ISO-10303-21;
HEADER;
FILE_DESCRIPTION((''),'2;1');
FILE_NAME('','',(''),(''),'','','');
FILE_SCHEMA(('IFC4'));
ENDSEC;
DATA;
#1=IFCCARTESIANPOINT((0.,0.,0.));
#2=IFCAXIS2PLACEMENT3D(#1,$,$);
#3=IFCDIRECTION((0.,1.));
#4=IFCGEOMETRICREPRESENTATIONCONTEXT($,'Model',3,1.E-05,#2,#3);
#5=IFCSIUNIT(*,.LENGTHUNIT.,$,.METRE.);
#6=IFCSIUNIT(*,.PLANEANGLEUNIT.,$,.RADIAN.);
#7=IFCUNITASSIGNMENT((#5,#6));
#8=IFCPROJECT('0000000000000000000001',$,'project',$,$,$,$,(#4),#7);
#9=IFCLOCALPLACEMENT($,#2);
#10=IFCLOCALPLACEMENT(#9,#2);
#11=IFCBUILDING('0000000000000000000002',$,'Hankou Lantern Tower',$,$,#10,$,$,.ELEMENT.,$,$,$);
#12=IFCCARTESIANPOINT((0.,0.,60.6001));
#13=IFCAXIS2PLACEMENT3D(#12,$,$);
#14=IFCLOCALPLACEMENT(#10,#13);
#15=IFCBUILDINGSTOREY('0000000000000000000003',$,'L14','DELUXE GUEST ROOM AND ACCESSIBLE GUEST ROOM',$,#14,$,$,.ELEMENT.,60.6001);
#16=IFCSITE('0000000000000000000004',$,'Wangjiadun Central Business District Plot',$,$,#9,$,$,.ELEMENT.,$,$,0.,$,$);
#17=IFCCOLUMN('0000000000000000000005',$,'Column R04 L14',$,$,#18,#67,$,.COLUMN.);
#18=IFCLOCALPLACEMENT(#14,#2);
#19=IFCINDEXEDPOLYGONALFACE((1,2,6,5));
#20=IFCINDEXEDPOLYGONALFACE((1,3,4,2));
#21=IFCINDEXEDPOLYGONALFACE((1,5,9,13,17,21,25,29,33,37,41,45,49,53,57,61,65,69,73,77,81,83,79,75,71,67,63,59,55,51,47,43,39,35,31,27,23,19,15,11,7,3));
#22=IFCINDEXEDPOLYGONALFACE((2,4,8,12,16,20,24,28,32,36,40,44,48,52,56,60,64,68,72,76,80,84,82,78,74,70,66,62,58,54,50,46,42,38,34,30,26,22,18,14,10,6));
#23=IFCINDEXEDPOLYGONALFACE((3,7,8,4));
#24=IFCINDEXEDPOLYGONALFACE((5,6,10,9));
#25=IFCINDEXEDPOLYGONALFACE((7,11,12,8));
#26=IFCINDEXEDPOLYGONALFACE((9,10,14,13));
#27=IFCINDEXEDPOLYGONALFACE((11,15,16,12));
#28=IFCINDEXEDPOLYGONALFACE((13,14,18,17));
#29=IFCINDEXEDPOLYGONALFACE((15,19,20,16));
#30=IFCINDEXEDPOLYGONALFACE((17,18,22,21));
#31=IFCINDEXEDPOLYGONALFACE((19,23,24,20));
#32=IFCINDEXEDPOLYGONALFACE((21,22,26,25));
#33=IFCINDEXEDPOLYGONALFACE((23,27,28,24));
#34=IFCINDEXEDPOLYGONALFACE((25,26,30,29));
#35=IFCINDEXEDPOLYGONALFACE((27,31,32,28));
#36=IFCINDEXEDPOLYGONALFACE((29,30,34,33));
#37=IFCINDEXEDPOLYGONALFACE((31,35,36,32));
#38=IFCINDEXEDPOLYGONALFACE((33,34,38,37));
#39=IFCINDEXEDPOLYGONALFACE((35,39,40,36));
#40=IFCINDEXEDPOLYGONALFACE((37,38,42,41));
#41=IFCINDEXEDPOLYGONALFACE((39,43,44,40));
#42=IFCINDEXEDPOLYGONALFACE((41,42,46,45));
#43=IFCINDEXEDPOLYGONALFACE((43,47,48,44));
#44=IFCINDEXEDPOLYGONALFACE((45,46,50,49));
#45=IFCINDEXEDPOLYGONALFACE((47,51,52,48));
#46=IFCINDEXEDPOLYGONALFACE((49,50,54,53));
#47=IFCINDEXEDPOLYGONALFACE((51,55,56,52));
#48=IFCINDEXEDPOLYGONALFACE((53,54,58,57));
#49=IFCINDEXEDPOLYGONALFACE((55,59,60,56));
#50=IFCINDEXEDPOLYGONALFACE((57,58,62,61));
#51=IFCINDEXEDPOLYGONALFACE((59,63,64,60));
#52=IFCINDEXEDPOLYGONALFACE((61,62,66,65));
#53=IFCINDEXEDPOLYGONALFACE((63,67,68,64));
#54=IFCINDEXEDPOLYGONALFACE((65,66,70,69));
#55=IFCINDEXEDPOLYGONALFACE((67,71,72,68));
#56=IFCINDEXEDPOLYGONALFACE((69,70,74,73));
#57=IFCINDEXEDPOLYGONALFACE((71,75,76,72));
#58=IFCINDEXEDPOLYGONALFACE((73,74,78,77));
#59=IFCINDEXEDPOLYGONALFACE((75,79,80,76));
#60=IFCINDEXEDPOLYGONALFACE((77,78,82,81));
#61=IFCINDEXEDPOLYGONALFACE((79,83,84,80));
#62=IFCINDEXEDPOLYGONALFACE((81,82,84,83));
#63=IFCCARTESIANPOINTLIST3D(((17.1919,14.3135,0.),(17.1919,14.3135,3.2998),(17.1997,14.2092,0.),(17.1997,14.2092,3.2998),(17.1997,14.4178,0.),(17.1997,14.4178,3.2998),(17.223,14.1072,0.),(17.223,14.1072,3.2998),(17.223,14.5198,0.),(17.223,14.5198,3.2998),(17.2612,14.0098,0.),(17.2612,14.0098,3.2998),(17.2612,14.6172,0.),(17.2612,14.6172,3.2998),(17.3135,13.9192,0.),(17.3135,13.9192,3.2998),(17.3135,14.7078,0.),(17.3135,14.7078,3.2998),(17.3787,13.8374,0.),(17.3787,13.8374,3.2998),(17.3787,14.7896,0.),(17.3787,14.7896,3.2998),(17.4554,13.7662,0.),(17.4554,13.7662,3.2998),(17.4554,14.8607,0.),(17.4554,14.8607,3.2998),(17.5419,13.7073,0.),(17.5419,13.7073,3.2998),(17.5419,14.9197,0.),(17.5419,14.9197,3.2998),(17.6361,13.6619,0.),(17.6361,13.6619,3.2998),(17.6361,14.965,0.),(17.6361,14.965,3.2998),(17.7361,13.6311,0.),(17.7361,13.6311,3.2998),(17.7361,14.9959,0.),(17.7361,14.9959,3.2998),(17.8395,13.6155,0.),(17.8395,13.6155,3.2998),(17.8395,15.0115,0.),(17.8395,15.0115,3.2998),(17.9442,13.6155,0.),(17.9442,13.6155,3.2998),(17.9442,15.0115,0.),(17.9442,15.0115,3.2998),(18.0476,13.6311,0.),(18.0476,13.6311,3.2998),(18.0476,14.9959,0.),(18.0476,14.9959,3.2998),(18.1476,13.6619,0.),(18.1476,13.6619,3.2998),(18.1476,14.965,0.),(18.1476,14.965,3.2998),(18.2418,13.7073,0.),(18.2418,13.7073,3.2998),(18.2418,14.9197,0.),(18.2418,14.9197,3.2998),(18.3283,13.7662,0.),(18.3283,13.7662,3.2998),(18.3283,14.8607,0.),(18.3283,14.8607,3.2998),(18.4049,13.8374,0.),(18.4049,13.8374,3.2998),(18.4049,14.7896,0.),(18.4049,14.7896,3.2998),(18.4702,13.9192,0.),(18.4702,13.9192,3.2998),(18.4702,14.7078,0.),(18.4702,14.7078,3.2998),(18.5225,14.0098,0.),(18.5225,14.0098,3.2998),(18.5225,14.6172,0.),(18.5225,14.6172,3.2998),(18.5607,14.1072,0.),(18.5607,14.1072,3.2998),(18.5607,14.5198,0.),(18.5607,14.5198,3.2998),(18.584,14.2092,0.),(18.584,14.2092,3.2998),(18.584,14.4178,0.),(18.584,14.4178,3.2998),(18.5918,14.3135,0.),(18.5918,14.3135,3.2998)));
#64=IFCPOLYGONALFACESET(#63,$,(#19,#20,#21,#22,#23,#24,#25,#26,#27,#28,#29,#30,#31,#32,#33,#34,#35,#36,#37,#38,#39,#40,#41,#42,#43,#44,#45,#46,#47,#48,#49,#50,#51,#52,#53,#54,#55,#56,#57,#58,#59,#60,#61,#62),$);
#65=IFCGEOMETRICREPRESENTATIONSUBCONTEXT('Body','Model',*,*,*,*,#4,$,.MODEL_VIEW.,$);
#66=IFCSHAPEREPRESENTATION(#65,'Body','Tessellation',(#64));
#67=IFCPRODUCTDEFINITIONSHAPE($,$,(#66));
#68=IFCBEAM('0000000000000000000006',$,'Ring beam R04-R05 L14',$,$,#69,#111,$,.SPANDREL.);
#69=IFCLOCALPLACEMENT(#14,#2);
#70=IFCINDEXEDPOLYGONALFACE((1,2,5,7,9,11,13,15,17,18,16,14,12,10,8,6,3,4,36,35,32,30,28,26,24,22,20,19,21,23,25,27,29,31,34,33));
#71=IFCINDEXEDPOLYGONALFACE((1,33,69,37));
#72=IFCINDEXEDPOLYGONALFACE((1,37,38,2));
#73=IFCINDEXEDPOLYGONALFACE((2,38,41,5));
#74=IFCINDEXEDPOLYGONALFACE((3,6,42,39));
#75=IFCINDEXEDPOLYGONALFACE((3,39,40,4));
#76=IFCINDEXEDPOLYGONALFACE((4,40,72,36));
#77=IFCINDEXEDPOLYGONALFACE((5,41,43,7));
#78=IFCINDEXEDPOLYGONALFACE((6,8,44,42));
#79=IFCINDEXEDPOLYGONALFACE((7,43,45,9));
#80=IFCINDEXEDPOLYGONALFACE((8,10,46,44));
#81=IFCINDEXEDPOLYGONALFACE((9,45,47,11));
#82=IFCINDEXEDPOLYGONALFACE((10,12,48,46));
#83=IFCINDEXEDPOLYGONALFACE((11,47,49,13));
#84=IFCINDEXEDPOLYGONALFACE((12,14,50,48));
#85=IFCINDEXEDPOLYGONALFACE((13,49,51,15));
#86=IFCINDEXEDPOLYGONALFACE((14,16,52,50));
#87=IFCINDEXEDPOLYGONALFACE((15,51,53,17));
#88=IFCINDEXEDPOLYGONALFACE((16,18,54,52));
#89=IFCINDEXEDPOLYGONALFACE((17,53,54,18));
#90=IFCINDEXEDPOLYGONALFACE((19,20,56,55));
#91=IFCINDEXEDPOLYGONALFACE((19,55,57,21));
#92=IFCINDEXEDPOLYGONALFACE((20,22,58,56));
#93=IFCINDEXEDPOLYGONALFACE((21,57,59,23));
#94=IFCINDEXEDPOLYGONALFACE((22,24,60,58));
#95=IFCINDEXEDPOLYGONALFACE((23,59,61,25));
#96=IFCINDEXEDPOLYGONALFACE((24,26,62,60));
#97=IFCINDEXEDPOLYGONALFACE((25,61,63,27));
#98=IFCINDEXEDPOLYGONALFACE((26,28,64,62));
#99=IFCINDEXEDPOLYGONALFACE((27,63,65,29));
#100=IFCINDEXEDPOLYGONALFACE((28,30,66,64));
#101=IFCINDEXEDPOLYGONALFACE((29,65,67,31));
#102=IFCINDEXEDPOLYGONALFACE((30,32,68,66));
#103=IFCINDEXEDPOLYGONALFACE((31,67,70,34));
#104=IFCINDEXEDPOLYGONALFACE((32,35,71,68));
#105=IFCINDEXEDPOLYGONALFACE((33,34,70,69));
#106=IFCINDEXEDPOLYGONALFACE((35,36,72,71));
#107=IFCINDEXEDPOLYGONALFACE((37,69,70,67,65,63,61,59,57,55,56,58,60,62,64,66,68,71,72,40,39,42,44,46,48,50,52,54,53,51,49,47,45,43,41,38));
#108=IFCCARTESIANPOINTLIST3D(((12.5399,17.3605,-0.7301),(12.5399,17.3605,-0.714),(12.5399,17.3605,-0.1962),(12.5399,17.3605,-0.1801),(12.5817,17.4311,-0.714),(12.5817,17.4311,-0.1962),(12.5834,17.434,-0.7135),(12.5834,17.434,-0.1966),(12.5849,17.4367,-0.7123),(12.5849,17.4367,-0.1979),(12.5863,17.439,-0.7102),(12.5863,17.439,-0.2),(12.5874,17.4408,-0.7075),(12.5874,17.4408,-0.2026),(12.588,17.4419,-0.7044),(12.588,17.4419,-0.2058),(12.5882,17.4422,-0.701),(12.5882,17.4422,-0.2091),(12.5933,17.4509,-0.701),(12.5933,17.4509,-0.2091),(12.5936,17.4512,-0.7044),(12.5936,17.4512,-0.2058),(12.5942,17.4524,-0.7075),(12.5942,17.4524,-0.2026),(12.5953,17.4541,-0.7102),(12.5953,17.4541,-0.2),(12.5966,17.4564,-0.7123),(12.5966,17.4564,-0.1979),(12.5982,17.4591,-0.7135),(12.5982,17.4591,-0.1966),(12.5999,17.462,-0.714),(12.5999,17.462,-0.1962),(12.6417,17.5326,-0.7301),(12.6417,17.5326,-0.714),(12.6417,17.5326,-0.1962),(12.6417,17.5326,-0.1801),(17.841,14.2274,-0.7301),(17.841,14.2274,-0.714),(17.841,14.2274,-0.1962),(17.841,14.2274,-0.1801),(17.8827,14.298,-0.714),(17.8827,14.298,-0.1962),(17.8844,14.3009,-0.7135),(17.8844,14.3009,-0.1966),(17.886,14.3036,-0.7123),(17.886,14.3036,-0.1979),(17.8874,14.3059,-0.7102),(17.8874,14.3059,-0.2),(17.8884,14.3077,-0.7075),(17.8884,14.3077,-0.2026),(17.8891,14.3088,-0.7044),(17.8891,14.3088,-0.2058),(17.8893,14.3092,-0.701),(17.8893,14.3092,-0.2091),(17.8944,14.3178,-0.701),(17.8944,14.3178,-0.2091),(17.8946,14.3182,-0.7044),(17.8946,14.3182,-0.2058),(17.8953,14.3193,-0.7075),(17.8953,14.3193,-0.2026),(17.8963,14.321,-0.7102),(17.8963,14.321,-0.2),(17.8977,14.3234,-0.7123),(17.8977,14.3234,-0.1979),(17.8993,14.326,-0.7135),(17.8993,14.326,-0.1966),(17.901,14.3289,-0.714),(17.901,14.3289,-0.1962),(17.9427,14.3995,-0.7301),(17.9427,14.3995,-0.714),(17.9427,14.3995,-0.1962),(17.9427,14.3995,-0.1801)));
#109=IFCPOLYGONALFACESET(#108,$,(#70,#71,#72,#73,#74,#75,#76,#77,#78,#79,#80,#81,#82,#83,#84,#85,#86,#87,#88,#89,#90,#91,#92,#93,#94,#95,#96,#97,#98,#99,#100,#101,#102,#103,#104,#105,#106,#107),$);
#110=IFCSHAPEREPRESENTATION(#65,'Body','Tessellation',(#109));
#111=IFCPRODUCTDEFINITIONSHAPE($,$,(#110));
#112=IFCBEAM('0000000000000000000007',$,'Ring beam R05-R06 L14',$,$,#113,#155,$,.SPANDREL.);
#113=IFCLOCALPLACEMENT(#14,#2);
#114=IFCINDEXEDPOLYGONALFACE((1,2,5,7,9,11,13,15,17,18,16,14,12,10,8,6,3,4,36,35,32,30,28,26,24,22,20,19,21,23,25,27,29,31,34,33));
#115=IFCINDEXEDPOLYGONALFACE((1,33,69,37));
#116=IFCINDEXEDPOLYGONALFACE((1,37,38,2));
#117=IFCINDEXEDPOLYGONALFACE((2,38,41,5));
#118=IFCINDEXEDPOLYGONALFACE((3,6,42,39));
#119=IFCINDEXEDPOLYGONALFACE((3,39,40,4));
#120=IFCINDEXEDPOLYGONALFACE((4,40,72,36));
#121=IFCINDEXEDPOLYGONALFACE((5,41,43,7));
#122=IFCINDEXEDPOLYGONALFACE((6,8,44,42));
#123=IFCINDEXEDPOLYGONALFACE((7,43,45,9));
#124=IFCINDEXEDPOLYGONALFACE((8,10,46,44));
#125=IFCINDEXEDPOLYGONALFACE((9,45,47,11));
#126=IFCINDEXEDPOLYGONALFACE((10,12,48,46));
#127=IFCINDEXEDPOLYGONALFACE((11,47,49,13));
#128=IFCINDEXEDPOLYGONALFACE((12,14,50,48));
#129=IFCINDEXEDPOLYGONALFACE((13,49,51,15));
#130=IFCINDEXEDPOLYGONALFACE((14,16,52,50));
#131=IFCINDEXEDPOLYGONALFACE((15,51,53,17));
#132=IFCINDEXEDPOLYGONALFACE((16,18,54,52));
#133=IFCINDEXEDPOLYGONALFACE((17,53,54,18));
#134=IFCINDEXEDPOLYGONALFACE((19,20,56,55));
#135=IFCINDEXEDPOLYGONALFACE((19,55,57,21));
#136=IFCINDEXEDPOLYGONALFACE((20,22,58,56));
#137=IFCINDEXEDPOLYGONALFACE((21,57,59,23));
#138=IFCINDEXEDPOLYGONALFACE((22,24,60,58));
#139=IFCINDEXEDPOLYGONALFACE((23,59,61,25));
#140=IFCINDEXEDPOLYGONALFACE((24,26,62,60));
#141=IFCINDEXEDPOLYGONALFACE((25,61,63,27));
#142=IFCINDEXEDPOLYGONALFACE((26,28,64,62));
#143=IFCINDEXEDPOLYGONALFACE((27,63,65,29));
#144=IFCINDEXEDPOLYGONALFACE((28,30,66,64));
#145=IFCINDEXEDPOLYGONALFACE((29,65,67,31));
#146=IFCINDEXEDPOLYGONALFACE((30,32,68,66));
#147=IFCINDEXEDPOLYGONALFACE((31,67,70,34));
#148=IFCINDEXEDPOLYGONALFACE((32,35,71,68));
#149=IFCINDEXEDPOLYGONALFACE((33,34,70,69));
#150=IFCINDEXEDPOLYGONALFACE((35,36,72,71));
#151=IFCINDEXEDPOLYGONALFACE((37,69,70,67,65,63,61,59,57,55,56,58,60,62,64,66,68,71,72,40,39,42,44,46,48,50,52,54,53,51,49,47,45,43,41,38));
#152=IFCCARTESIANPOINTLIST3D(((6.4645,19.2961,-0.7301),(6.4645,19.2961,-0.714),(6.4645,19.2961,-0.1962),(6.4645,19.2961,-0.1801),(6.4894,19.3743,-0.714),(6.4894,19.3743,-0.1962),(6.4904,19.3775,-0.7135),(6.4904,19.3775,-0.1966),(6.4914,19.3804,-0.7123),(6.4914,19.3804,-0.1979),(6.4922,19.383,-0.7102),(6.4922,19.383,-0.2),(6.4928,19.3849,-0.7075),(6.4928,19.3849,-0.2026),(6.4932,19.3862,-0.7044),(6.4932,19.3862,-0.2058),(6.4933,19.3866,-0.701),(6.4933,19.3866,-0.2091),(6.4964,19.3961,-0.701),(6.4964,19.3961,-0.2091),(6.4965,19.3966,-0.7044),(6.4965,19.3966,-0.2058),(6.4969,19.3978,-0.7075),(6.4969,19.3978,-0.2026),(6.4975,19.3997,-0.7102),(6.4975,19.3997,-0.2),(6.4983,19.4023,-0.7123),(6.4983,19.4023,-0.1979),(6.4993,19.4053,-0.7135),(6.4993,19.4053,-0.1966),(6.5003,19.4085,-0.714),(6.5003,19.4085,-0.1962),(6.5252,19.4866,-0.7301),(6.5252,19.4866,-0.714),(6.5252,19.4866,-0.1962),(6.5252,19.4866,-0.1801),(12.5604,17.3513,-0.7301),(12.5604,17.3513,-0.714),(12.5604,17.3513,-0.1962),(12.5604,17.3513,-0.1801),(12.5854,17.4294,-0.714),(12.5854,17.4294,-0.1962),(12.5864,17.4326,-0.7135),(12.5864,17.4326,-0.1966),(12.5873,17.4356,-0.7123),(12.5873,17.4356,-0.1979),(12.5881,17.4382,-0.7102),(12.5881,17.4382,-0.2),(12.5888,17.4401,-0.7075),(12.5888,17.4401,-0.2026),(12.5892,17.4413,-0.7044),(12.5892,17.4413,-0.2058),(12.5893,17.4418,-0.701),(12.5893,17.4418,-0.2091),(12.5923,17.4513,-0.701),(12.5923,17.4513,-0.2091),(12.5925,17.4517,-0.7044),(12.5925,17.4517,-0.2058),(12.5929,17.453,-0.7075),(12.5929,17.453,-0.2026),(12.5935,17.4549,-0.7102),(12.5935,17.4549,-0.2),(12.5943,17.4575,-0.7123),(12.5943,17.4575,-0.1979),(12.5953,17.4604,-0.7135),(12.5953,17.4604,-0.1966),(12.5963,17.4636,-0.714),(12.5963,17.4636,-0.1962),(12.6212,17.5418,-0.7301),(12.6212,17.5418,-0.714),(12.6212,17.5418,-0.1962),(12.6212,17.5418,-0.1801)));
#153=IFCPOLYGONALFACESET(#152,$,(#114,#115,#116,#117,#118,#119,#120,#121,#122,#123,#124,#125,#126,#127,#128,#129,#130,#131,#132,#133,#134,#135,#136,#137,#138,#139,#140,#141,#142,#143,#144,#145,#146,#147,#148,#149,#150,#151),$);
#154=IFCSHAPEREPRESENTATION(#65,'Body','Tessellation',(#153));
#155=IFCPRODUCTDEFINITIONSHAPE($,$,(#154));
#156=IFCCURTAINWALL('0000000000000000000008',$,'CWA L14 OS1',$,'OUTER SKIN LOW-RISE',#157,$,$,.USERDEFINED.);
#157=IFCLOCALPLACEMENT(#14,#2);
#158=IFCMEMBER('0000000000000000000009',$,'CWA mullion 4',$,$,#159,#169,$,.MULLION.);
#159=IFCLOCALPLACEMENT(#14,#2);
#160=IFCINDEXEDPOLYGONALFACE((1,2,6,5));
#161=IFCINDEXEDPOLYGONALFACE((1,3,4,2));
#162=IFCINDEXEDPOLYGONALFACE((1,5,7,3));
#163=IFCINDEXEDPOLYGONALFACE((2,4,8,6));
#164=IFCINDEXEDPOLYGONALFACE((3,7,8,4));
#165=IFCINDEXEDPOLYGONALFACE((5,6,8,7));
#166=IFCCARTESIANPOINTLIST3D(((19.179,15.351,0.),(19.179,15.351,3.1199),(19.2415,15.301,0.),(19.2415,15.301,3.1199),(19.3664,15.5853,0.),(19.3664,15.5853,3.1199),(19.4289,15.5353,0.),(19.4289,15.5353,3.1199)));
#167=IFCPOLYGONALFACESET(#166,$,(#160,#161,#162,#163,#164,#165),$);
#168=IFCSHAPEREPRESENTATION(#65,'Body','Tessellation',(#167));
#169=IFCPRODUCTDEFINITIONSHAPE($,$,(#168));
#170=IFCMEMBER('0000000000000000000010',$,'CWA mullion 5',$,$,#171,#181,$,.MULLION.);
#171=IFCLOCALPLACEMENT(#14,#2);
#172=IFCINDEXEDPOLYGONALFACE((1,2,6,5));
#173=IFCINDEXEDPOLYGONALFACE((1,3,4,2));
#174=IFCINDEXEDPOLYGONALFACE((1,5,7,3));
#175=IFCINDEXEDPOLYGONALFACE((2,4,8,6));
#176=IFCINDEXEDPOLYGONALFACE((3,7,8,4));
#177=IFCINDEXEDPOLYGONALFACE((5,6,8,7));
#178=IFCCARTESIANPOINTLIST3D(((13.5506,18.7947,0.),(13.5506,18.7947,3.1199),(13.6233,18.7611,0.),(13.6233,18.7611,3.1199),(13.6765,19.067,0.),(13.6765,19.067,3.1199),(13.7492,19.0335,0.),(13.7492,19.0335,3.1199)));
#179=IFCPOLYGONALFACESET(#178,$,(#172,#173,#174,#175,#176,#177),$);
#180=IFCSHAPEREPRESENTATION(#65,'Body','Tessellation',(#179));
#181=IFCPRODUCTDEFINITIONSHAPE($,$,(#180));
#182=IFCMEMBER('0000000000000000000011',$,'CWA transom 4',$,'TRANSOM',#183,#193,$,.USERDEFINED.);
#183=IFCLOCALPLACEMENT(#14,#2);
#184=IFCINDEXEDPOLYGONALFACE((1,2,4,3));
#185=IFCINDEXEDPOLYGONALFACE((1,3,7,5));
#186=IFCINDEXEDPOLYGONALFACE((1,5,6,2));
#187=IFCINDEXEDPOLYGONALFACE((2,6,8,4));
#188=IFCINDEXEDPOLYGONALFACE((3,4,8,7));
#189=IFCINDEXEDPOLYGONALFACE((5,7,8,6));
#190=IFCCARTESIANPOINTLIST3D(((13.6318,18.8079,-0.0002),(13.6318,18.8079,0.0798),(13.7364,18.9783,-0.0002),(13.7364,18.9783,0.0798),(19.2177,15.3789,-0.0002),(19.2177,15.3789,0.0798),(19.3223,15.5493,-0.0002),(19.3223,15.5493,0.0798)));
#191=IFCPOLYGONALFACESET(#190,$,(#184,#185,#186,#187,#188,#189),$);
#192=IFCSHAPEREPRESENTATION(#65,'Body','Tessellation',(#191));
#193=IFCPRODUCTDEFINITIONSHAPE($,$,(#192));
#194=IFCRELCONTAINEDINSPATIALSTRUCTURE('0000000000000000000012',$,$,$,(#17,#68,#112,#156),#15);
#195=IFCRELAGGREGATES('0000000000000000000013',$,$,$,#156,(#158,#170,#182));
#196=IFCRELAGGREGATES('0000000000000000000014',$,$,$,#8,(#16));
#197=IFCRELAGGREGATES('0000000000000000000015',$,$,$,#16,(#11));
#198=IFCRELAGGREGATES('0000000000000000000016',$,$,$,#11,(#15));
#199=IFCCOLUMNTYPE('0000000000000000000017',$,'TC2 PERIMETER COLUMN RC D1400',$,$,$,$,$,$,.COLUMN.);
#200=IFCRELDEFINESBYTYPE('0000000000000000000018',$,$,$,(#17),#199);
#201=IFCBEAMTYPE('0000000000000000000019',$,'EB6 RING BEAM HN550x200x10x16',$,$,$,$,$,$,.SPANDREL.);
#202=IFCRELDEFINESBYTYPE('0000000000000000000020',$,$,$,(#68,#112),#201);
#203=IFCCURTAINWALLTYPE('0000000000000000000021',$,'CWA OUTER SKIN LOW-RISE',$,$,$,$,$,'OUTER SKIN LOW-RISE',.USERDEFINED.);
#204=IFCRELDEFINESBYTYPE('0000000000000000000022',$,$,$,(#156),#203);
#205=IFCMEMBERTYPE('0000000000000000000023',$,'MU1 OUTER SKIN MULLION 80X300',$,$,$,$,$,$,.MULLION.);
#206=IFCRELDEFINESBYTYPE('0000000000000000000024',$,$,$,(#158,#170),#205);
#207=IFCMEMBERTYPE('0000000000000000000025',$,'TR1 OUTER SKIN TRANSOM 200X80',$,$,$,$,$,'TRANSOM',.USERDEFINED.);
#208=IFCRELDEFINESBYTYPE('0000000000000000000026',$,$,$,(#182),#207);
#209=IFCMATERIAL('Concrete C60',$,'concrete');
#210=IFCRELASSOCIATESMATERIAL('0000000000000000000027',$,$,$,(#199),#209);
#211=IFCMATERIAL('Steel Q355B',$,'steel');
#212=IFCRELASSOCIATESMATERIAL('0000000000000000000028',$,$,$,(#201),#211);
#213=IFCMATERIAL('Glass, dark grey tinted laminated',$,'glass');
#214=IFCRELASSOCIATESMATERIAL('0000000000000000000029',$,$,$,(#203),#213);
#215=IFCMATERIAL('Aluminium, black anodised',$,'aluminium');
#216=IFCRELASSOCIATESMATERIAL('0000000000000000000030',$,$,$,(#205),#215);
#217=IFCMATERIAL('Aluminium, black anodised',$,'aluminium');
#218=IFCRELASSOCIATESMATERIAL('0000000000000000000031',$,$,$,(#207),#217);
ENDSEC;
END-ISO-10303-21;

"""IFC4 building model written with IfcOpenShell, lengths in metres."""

from ifc_helpers import new_model, si_unit, direction, frame, origin, origin_2d, place, context, subcontext, project, spatial, rectangle, circle, i_section, extrude, material, material_profile, profile_set, type_object, element, aggregate, save


model = new_model("IFC4")

# Units and contexts
model_context = context("Model", 3, precision=1e-05, world=origin(), true_north=direction((0.0, 1.0)))
body_context = subcontext(model_context, "Body", "Model", "MODEL_VIEW")
ifc_project = project(units=[si_unit("LENGTHUNIT", "METRE"), si_unit("PLANEANGLEUNIT", "RADIAN")], contexts=[model_context])

# Site, building, storey
site_placement = place(None, origin())
site = spatial("IfcSite", under=ifc_project, at=site_placement, Name="Wangjiadun Central Business District Plot", CompositionType="ELEMENT", RefElevation=0.0)
building_placement = place(site_placement, origin())
building = spatial("IfcBuilding", under=site, at=building_placement, Name="Hankou Lantern Tower", CompositionType="ELEMENT")
storey_placement = place(building_placement, frame((0.0, 0.0, 60.6001)))
storey = spatial("IfcBuildingStorey", under=building, at=storey_placement, Name="L14", Description="DELUXE GUEST ROOM AND ACCESSIBLE GUEST ROOM", CompositionType="ELEMENT", Elevation=60.6001)

# Column
ifc_material_1 = material(Name="Concrete C60", Category="concrete")
ifc_material_profile_1 = material_profile(ifc_material_1, circle(Radius=0.7, at=origin_2d()), Name="RC D1400")
ifc_profile_set_1 = profile_set([ifc_material_profile_1], Name="Concrete C60")
column_type = type_object("IfcColumnType", Name="TC2 PERIMETER COLUMN RC D1400", PredefinedType="COLUMN", material=ifc_profile_set_1)
column_placement = place(storey_placement, frame((17.8918, 14.3135, 0.0), z_axis=(0.0, 0.0, 1.0), x_axis=(1.0, 0.0, 0.0)))
element("IfcColumn", 1, at=column_placement, inside=storey, type_object=column_type, Name="Column R04 L14", PredefinedType="COLUMN", context=body_context, shape_type="SweptSolid", body=[
    extrude(circle(Radius=0.7, at=origin_2d()), origin(), (0.0, 0.0, 1.0), 3.2998),
])

# Beams
ifc_material_2 = material(Name="Steel Q355B", Category="steel")
ifc_material_profile_2 = material_profile(ifc_material_2, i_section(OverallWidth=0.2, OverallDepth=0.55, WebThickness=0.01, FlangeThickness=0.0161, FilletRadius=0.0129, at=origin_2d()), Name="HN550x200x10x16")
ifc_profile_set_2 = profile_set([ifc_material_profile_2], Name="Steel Q355B")
beam_type = type_object("IfcBeamType", Name="EB6 RING BEAM HN550x200x10x16", PredefinedType="SPANDREL", material=ifc_profile_set_2)
beam_1_placement = place(storey_placement, frame((17.8918, 14.3135, -0.4551), z_axis=(-0.860882, 0.508805, 0.0), x_axis=(-0.508805, -0.860882, 0.0)))
element("IfcBeam", 2, at=beam_1_placement, inside=storey, type_object=beam_type, Name="Ring beam R04-R05 L14", PredefinedType="SPANDREL", context=body_context, shape_type="SweptSolid", body=[
    extrude(i_section(OverallWidth=0.2, OverallDepth=0.55, WebThickness=0.01, FlangeThickness=0.0161, FilletRadius=0.0129, at=origin_2d()), origin(), (0.0, 0.0, 1.0), 6.1577),
])
beam_2_placement = place(storey_placement, frame((12.5908, 17.4465, -0.4551), z_axis=(-0.95269, 0.303942, 0.0), x_axis=(-0.303942, -0.95269, 0.0)))
element("IfcBeam", 3, at=beam_2_placement, inside=storey, type_object=beam_type, Name="Ring beam R05-R06 L14", PredefinedType="SPANDREL", context=body_context, shape_type="SweptSolid", body=[
    extrude(i_section(OverallWidth=0.2, OverallDepth=0.55, WebThickness=0.01, FlangeThickness=0.0161, FilletRadius=0.0129, at=origin_2d()), origin(), (0.0, 0.0, 1.0), 6.3987),
])

# Curtain wall, members
ifc_material_3 = material(Name="Glass, dark grey tinted laminated", Category="glass")
curtain_wall_type = type_object("IfcCurtainWallType", Name="CWA OUTER SKIN LOW-RISE", ElementType="OUTER SKIN LOW-RISE", PredefinedType="USERDEFINED", material=ifc_material_3)
curtain_wall_placement = place(storey_placement, origin())
curtain_wall = element("IfcCurtainWall", 4, at=curtain_wall_placement, inside=storey, type_object=curtain_wall_type, Name="CWA L14 OS1", ObjectType="OUTER SKIN LOW-RISE", PredefinedType="USERDEFINED")
ifc_material_4 = material(Name="Aluminium, black anodised", Category="aluminium")
ifc_material_profile_3 = material_profile(ifc_material_4, rectangle(XDim=0.0801, YDim=0.3, at=origin_2d()), Name="MU1 80X300")
ifc_profile_set_3 = profile_set([ifc_material_profile_3], Name="Aluminium, black anodised")
member_type_1 = type_object("IfcMemberType", Name="MU1 OUTER SKIN MULLION 80X300", PredefinedType="MULLION", material=ifc_profile_set_3)
member_1_placement = place(storey_placement, frame((19.304, 15.4431, 0.0), z_axis=(0.0, 0.0, 1.0), x_axis=(-0.780869, 0.624695, 0.0)))
member_1 = element("IfcMember", 5, at=member_1_placement, type_object=member_type_1, Name="CWA mullion 4", PredefinedType="MULLION", context=body_context, shape_type="SweptSolid", body=[
    extrude(rectangle(XDim=0.0801, YDim=0.3, at=origin_2d()), origin(), (0.0, 0.0, 1.0), 3.1199),
])
member_2_placement = place(storey_placement, frame((13.6499, 18.9141, 0.0), z_axis=(0.0, 0.0, 1.0), x_axis=(-0.907841, 0.419314, 0.0)))
member_2 = element("IfcMember", 6, at=member_2_placement, type_object=member_type_1, Name="CWA mullion 5", PredefinedType="MULLION", context=body_context, shape_type="SweptSolid", body=[
    extrude(rectangle(XDim=0.0801, YDim=0.3, at=origin_2d()), origin(), (0.0, 0.0, 1.0), 3.1199),
])
ifc_material_5 = material(Name="Aluminium, black anodised", Category="aluminium")
ifc_material_profile_4 = material_profile(ifc_material_5, rectangle(XDim=0.2, YDim=0.0801, at=origin_2d()), Name="TR1 200X80")
ifc_profile_set_4 = profile_set([ifc_material_profile_4], Name="Aluminium, black anodised")
member_type_2 = type_object("IfcMemberType", Name="TR1 OUTER SKIN TRANSOM 200X80", ElementType="TRANSOM", PredefinedType="USERDEFINED", material=ifc_profile_set_4)
member_3_placement = place(storey_placement, frame((19.27, 15.4641, 0.0398), z_axis=(-0.85224, 0.523152, 0.0), x_axis=(-0.523152, -0.85224, 0.0)))
member_3 = element("IfcMember", 7, at=member_3_placement, type_object=member_type_2, Name="CWA transom 4", ObjectType="TRANSOM", PredefinedType="USERDEFINED", context=body_context, shape_type="SweptSolid", body=[
    extrude(rectangle(XDim=0.2, YDim=0.0801, at=origin_2d()), origin(), (0.0, 0.0, 1.0), 6.5544),
])
aggregate(curtain_wall, [member_1, member_2, member_3])

save(model, "model.ifc")
